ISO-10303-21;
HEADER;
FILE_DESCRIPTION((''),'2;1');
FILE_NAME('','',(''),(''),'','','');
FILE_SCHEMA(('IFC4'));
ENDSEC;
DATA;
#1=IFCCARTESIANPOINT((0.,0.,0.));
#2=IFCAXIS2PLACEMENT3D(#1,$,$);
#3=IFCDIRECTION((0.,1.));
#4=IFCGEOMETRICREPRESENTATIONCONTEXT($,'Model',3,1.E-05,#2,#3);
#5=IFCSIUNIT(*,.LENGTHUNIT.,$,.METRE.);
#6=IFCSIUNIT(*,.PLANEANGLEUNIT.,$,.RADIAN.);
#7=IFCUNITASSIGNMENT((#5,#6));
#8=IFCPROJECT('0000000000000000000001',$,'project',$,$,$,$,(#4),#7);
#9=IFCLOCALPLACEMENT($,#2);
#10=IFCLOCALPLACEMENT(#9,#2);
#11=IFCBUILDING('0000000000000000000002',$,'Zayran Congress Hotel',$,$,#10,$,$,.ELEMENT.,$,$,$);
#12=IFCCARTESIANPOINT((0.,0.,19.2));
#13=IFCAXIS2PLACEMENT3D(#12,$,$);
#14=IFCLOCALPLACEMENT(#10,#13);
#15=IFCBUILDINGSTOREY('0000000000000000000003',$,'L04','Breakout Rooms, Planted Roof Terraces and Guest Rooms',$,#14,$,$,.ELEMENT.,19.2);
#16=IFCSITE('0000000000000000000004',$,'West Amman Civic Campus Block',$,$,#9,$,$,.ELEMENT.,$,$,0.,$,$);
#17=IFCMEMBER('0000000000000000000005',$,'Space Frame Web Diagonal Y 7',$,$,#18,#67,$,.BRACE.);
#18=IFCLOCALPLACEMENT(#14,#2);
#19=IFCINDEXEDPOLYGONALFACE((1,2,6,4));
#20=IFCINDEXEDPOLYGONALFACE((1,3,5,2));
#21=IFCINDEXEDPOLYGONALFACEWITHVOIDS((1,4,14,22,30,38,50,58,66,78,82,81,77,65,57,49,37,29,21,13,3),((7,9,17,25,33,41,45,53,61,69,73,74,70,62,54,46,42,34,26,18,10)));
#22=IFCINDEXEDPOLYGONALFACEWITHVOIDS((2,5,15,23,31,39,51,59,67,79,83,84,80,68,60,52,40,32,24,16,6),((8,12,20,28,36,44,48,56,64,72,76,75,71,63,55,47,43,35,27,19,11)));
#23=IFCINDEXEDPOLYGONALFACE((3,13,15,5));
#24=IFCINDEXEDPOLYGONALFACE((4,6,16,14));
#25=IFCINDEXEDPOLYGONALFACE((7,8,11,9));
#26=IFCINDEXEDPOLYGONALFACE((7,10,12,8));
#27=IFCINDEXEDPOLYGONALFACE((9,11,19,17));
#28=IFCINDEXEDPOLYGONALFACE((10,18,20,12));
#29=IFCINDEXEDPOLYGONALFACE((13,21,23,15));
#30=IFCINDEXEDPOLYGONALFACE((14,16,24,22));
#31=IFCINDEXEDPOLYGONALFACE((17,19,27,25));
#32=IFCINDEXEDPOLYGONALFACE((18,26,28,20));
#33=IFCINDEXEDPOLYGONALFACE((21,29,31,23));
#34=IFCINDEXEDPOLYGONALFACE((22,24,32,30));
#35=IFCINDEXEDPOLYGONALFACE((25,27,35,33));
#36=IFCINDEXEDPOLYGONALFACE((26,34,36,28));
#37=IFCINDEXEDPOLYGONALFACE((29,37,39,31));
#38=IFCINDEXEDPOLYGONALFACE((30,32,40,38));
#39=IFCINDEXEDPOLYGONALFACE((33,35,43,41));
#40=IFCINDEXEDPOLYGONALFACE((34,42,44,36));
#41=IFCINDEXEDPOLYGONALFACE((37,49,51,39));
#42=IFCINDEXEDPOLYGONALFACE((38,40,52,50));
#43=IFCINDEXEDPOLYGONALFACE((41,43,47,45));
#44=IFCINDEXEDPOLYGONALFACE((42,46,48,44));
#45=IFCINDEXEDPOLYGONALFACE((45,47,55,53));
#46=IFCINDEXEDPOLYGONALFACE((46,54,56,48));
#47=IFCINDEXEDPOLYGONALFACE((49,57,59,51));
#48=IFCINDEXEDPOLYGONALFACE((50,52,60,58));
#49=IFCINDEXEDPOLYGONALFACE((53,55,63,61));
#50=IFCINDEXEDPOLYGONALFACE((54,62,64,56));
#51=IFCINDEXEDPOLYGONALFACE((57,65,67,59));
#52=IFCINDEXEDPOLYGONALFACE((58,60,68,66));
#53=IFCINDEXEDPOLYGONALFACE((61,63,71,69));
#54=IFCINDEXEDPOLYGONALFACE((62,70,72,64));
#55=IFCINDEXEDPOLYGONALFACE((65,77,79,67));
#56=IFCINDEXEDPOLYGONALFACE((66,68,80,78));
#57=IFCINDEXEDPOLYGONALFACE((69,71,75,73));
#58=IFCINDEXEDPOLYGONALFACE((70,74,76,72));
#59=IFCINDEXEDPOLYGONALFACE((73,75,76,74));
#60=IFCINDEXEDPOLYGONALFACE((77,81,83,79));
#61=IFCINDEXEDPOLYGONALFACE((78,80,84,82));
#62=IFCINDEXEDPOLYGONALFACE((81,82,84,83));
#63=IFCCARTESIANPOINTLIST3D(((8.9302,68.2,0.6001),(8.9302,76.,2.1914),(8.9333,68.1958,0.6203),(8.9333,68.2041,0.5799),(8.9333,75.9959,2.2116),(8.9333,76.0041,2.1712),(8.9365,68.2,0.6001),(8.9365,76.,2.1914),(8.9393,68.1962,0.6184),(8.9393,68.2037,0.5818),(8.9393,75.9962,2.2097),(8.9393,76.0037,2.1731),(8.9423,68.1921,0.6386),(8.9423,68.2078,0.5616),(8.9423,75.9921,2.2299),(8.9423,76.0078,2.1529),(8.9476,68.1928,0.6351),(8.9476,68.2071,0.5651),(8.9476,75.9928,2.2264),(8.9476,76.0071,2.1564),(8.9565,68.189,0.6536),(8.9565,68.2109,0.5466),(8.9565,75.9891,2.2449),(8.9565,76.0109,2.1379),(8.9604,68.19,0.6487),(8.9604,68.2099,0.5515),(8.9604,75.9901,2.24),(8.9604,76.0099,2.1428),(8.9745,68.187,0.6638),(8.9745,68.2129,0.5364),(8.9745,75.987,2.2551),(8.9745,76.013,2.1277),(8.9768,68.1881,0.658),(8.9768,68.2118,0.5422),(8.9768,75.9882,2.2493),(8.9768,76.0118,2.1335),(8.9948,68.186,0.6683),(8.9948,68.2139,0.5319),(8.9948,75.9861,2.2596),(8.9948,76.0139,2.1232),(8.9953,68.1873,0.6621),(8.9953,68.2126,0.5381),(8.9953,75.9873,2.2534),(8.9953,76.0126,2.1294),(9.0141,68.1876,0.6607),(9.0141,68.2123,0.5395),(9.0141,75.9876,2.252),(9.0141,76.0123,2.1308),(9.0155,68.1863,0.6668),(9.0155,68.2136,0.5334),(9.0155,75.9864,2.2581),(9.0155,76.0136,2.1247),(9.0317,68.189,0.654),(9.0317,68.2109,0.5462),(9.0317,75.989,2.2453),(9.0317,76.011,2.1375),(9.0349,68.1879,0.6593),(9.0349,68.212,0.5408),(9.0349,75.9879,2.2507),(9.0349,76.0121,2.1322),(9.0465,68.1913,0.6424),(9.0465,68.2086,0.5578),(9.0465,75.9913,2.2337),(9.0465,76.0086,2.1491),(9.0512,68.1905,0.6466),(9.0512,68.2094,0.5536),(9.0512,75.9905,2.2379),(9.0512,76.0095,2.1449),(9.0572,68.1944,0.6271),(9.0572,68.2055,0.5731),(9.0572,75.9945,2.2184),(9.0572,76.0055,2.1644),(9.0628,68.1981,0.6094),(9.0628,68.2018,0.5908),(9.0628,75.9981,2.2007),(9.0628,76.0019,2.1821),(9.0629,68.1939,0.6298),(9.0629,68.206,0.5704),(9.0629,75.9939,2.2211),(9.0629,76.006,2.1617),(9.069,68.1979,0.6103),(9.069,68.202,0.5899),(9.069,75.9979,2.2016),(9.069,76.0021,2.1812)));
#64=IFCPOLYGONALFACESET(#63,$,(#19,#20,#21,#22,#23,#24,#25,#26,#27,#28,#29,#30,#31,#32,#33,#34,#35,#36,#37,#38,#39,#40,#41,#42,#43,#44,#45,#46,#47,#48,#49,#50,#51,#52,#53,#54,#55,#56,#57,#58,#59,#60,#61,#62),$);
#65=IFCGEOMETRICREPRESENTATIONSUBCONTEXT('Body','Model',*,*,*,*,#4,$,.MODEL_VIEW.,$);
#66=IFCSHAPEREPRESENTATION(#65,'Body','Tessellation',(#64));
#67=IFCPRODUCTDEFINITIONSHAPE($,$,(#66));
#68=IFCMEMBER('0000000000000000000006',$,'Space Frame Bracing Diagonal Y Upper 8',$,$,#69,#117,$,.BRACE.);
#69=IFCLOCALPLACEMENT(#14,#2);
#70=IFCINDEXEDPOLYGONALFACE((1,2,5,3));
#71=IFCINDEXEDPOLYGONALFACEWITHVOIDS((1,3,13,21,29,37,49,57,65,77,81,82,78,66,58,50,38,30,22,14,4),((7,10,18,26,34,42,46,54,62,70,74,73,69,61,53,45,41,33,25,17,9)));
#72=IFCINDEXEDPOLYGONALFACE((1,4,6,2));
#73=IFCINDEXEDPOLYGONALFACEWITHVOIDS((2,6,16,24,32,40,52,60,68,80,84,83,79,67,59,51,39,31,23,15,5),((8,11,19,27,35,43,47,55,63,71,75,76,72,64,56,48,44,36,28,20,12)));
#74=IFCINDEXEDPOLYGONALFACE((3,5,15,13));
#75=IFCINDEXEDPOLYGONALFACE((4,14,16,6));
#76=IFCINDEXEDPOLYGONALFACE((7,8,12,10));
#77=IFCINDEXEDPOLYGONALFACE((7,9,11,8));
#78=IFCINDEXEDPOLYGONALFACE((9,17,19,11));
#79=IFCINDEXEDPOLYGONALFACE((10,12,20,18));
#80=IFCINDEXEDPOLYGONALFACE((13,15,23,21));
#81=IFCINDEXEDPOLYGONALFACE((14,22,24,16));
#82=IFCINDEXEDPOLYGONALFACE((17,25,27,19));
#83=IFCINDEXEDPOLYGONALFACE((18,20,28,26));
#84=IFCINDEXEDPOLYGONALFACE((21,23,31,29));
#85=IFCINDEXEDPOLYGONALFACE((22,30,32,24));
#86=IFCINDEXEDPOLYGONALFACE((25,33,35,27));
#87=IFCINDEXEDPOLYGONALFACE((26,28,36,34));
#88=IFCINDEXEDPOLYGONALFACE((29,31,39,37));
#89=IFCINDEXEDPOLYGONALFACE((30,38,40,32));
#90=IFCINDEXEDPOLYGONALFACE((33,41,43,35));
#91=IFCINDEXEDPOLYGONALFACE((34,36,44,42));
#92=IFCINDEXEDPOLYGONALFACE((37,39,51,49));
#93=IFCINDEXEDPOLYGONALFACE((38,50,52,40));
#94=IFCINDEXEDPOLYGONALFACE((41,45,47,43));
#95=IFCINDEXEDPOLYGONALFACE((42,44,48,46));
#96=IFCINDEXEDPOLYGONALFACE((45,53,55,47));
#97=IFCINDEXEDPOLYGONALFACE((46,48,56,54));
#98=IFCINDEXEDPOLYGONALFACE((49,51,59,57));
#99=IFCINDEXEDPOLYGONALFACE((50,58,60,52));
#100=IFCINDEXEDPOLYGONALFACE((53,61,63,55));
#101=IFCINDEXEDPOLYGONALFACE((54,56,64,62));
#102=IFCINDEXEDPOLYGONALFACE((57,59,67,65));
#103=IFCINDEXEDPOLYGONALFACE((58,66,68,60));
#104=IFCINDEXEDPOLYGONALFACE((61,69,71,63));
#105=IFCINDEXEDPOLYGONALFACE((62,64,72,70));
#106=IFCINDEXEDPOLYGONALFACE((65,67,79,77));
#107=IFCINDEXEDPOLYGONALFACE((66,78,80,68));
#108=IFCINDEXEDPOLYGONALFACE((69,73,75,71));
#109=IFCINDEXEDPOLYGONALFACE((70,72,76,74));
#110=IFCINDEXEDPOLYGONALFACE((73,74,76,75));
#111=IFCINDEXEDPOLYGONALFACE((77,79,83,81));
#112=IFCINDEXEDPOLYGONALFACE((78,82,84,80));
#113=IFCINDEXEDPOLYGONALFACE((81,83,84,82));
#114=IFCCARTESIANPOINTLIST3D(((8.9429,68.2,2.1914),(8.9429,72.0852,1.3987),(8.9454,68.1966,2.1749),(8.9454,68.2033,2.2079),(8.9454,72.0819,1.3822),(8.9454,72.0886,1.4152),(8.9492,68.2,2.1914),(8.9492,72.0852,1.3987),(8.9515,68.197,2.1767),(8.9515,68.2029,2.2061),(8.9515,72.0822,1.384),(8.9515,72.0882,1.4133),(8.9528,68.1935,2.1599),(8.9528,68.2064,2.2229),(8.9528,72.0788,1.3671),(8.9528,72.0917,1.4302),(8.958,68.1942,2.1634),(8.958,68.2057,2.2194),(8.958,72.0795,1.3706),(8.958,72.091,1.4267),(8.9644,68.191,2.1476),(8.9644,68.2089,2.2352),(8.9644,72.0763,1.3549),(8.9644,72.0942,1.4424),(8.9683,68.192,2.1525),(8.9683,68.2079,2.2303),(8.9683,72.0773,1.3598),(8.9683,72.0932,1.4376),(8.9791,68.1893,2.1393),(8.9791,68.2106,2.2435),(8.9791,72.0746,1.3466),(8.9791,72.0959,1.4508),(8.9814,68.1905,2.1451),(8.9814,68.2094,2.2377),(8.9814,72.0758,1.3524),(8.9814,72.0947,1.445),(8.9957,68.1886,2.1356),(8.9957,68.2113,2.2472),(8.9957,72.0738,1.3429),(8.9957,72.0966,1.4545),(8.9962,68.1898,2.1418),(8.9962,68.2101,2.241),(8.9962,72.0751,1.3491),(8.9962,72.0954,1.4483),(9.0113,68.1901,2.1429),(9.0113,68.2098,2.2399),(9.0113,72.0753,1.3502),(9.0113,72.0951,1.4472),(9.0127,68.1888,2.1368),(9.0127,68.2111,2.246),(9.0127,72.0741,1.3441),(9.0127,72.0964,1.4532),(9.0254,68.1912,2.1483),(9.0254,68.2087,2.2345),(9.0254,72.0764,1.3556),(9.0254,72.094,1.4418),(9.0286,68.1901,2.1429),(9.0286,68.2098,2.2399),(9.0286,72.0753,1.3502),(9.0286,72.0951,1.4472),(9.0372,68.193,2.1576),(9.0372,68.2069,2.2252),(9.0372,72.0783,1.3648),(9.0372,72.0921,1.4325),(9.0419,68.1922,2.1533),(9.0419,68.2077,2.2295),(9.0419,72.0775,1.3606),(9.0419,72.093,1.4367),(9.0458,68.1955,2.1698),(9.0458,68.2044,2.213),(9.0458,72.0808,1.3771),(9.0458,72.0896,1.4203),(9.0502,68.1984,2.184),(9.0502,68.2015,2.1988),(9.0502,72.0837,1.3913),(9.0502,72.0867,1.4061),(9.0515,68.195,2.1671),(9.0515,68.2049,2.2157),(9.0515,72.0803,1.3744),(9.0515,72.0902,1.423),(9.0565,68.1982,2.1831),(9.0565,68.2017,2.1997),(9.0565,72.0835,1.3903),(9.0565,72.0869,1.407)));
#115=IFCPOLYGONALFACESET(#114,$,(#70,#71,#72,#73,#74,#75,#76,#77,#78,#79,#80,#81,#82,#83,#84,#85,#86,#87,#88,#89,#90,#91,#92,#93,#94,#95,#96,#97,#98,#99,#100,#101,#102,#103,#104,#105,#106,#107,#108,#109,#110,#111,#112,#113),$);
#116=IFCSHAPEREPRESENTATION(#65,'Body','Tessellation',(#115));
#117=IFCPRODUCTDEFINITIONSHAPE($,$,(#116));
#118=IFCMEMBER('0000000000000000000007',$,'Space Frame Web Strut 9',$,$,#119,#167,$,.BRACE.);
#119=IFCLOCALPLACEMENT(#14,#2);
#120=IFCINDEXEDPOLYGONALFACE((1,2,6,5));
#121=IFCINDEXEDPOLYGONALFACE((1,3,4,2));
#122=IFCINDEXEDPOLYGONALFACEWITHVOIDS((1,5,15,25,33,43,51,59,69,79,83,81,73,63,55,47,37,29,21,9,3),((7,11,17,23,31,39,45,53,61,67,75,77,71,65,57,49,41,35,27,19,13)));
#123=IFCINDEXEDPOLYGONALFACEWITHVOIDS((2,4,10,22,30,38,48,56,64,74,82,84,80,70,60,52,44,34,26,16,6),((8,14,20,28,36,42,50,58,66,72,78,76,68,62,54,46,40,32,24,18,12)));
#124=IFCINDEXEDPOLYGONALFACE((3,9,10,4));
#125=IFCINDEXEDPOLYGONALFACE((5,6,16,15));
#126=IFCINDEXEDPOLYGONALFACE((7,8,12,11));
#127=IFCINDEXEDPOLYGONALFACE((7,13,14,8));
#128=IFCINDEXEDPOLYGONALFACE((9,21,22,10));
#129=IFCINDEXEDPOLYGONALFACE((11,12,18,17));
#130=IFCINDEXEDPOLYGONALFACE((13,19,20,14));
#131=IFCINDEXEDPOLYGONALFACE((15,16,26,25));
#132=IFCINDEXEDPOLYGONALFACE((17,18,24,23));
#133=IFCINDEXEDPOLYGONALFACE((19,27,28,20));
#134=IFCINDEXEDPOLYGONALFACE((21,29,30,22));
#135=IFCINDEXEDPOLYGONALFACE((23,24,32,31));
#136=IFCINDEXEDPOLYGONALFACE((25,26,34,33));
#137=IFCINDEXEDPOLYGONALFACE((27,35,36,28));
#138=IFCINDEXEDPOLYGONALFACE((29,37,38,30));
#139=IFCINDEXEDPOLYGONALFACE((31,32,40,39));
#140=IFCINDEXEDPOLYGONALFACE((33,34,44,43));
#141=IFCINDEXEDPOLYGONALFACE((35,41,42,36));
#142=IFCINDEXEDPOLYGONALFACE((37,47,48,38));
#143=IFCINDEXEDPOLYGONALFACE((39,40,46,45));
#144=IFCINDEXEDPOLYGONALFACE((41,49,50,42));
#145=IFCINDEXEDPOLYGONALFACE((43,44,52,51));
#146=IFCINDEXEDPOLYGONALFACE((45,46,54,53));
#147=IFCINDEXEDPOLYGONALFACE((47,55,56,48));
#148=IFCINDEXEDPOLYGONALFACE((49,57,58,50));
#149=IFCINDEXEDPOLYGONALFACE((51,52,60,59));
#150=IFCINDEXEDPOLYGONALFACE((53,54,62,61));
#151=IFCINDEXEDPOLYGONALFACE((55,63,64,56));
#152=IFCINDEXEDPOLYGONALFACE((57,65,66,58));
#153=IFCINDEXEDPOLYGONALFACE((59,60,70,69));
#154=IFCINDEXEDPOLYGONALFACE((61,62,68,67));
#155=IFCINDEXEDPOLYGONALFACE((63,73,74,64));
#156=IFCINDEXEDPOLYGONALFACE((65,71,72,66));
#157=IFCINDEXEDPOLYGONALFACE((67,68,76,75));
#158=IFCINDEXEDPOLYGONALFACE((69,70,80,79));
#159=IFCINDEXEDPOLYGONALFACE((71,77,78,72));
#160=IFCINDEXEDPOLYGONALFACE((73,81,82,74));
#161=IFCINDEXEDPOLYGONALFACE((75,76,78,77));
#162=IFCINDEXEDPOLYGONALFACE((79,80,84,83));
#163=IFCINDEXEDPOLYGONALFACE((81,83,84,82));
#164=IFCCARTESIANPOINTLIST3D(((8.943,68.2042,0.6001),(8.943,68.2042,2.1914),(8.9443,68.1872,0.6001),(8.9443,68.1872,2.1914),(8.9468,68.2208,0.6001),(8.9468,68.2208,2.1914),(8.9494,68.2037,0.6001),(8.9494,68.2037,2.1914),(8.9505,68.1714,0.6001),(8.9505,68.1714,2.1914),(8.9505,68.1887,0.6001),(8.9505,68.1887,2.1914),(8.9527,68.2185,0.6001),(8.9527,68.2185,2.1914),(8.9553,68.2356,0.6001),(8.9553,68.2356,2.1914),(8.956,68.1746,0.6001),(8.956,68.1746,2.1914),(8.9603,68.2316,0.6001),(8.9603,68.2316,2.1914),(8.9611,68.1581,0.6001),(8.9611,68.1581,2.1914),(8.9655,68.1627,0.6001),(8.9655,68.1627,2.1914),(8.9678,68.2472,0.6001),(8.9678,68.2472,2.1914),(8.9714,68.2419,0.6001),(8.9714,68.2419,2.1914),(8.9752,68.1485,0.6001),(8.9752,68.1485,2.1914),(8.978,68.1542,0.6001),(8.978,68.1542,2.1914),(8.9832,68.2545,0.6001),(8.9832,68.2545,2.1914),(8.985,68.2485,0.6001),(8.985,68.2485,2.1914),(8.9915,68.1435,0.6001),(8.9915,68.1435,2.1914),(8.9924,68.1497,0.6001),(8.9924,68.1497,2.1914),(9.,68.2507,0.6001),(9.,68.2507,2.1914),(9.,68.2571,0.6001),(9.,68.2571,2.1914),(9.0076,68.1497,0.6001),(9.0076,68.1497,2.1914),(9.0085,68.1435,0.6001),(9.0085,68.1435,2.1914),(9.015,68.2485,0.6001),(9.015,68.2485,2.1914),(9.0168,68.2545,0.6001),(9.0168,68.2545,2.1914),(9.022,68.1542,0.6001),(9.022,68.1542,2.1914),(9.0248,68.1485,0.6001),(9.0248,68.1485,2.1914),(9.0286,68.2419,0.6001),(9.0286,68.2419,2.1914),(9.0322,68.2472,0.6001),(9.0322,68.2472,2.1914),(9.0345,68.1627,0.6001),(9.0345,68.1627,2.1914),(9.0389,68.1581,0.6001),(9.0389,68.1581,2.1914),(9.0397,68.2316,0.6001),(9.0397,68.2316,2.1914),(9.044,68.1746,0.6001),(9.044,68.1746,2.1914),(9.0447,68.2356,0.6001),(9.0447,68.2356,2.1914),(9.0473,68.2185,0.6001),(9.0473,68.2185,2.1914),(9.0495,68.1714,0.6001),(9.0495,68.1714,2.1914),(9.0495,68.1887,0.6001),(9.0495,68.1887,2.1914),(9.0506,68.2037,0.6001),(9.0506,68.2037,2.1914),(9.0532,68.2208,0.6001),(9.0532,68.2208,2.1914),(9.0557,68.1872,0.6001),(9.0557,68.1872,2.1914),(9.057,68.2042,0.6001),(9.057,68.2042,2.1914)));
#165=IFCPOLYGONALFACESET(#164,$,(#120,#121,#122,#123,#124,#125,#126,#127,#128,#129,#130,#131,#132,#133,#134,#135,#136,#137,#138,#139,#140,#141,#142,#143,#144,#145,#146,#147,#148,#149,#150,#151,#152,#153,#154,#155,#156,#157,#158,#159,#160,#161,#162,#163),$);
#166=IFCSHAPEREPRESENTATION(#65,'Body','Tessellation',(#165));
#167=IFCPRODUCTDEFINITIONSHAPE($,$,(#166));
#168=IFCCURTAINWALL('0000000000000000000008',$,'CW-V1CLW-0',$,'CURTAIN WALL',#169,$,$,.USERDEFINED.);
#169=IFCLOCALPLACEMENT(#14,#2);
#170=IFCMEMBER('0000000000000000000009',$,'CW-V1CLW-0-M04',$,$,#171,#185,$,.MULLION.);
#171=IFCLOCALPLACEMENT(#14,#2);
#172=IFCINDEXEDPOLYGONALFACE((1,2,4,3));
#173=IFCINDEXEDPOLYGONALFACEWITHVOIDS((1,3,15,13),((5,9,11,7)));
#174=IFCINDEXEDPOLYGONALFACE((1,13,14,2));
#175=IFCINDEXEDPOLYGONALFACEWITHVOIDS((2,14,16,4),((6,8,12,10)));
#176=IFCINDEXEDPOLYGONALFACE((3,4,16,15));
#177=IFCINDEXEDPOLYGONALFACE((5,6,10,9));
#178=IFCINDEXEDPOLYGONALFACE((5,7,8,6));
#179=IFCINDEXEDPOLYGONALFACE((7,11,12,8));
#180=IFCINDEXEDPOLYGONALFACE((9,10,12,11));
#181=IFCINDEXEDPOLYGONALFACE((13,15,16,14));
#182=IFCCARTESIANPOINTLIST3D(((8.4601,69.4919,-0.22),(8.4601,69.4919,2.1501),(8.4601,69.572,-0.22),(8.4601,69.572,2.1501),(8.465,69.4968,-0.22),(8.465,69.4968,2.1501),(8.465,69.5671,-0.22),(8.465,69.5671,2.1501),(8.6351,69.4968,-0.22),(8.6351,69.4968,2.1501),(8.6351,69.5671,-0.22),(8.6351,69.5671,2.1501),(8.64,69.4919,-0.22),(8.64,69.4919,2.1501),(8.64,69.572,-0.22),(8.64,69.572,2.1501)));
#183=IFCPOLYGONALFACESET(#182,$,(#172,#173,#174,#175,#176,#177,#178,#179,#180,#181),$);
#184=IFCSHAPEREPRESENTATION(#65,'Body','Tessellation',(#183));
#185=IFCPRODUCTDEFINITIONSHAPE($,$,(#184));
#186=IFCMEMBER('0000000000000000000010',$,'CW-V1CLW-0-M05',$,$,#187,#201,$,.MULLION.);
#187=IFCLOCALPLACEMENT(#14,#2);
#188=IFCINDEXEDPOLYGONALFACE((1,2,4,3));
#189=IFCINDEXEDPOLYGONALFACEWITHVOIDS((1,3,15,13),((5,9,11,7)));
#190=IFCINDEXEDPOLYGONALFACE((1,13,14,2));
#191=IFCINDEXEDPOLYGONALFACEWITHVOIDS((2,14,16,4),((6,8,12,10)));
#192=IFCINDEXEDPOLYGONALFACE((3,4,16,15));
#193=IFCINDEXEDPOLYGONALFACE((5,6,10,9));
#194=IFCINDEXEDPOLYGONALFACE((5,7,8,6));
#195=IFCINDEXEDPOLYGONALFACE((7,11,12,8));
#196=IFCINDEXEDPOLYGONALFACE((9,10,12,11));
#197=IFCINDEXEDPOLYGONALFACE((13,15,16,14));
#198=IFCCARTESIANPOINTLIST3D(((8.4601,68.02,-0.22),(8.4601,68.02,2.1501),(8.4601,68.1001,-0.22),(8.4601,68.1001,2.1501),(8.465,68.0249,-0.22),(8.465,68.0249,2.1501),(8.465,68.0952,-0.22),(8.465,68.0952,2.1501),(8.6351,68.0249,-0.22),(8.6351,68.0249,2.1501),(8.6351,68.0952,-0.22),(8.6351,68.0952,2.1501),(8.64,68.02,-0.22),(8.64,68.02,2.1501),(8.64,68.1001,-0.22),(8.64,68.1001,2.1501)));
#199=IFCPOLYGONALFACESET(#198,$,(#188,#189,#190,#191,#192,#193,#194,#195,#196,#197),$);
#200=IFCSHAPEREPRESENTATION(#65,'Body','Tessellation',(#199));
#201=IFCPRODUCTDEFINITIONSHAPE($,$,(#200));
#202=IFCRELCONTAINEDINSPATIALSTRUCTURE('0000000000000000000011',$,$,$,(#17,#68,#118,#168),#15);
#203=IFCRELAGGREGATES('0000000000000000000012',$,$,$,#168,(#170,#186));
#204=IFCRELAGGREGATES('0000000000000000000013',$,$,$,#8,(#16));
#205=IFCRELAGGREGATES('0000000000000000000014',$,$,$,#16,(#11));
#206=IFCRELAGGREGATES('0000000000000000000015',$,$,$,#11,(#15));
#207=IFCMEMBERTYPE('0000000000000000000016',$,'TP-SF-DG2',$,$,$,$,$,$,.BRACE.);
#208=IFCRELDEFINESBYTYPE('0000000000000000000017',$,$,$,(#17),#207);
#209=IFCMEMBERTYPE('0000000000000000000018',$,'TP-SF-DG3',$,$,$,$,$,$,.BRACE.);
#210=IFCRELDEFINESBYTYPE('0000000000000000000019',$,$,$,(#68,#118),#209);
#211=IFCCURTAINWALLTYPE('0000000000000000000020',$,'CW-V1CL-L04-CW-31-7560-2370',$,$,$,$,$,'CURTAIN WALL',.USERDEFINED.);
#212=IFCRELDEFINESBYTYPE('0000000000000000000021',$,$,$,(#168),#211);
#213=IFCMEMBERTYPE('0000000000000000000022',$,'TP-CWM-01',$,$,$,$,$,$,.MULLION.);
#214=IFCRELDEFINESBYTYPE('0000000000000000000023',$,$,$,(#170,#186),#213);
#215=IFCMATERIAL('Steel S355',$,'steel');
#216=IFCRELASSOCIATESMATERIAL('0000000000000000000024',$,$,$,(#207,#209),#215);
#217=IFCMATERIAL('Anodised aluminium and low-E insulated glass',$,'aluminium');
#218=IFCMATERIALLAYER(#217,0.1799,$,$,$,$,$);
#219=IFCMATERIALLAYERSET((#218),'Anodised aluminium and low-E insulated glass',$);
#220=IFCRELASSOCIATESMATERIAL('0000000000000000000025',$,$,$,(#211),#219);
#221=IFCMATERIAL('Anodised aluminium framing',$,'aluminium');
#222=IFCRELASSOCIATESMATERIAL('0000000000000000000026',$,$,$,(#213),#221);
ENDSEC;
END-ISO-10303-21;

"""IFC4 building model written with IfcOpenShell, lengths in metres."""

from ifc_helpers import new_model, si_unit, direction, frame, origin, origin_2d, place, context, subcontext, project, spatial, hollow_rectangle, hollow_circle, extrude, material, layer, layer_set, material_profile, profile_set, type_object, element, aggregate, save


model = new_model("IFC4")

# Units and contexts
model_context = context("Model", 3, precision=1e-05, world=origin(), true_north=direction((0.0, 1.0)))
body_context = subcontext(model_context, "Body", "Model", "MODEL_VIEW")
ifc_project = project(units=[si_unit("LENGTHUNIT", "METRE"), si_unit("PLANEANGLEUNIT", "RADIAN")], contexts=[model_context])

# Site, building, storey
site_placement = place(None, origin())
site = spatial("IfcSite", under=ifc_project, at=site_placement, Name="West Amman Civic Campus Block", CompositionType="ELEMENT", RefElevation=0.0)
building_placement = place(site_placement, origin())
building = spatial("IfcBuilding", under=site, at=building_placement, Name="Zayran Congress Hotel", CompositionType="ELEMENT")
storey_placement = place(building_placement, frame((0.0, 0.0, 19.2)))
storey = spatial("IfcBuildingStorey", under=building, at=storey_placement, Name="L04", Description="Breakout Rooms, Planted Roof Terraces and Guest Rooms", CompositionType="ELEMENT", Elevation=19.2)

# Shared definitions
ifc_material_1 = material(Name="Steel S355", Category="steel")

# Members
ifc_material_profile_1 = material_profile(ifc_material_1, hollow_circle(Radius=0.0698, WallThickness=0.0063, at=origin_2d()), Name="CHS 139.7x6.3")
ifc_profile_set_1 = profile_set([ifc_material_profile_1], Name="Steel S355")
member_type_1 = type_object("IfcMemberType", Name="TP-SF-DG2", PredefinedType="BRACE", material=ifc_profile_set_1)
member_1_placement = place(storey_placement, frame((9.0, 68.2, 0.6001), z_axis=(0.0, 0.979817, 0.199895), x_axis=(-1.0, 0.0, 0.0)))
element("IfcMember", 1, at=member_1_placement, inside=storey, type_object=member_type_1, Name="Space Frame Web Diagonal Y 7", PredefinedType="BRACE", context=body_context, shape_type="SweptSolid", body=[
    extrude(hollow_circle(Radius=0.0698, WallThickness=0.0063, at=origin_2d()), origin(), (0.0, 0.0, 1.0), 7.9607),
])
ifc_material_profile_2 = material_profile(ifc_material_1, hollow_circle(Radius=0.0571, WallThickness=0.0063, at=origin_2d()), Name="CHS 114.3x6.3")
ifc_profile_set_2 = profile_set([ifc_material_profile_2], Name="Steel S355")
member_type_2 = type_object("IfcMemberType", Name="TP-SF-DG3", PredefinedType="BRACE", material=ifc_profile_set_2)
member_2_placement = place(storey_placement, frame((9.0, 68.2, 2.1914), z_axis=(0.0, 0.979813, -0.199915), x_axis=(-1.0, 0.0, 0.0)))
element("IfcMember", 2, at=member_2_placement, inside=storey, type_object=member_type_2, Name="Space Frame Bracing Diagonal Y Upper 8", PredefinedType="BRACE", context=body_context, shape_type="SweptSolid", body=[
    extrude(hollow_circle(Radius=0.0571, WallThickness=0.0063, at=origin_2d()), origin(), (0.0, 0.0, 1.0), 3.9653),
])
member_3_placement = place(storey_placement, frame((9.0, 68.2, 0.6001), z_axis=(0.0, 0.0, 1.0), x_axis=(0.0, 1.0, 0.0)))
element("IfcMember", 3, at=member_3_placement, inside=storey, type_object=member_type_2, Name="Space Frame Web Strut 9", PredefinedType="BRACE", context=body_context, shape_type="SweptSolid", body=[
    extrude(hollow_circle(Radius=0.0571, WallThickness=0.0063, at=origin_2d()), origin(), (0.0, 0.0, 1.0), 1.5913),
])

# Curtain wall, members
ifc_material_2 = material(Name="Anodised aluminium and low-E insulated glass", Category="aluminium")
ifc_layer_1 = layer(ifc_material_2, 0.1799)
ifc_layer_set_1 = layer_set([ifc_layer_1], Name="Anodised aluminium and low-E insulated glass")
curtain_wall_type = type_object("IfcCurtainWallType", Name="CW-V1CL-L04-CW-31-7560-2370", ElementType="CURTAIN WALL", PredefinedType="USERDEFINED", material=ifc_layer_set_1)
curtain_wall_placement = place(storey_placement, origin())
curtain_wall = element("IfcCurtainWall", 4, at=curtain_wall_placement, inside=storey, type_object=curtain_wall_type, Name="CW-V1CLW-0", ObjectType="CURTAIN WALL", PredefinedType="USERDEFINED")
ifc_material_3 = material(Name="Anodised aluminium framing", Category="aluminium")
ifc_material_profile_3 = material_profile(ifc_material_3, hollow_rectangle(XDim=0.0801, YDim=0.1799, WallThickness=0.0049, at=origin_2d()), Name="RHS 180x80x5")
ifc_profile_set_3 = profile_set([ifc_material_profile_3], Name="Anodised aluminium framing")
member_type_3 = type_object("IfcMemberType", Name="TP-CWM-01", PredefinedType="MULLION", material=ifc_profile_set_3)
member_4_placement = place(storey_placement, frame((8.55, 69.532, -0.22), z_axis=(0.0, 0.0, 1.0), x_axis=(0.0, 1.0, 0.0)))
member_4 = element("IfcMember", 5, at=member_4_placement, type_object=member_type_3, Name="CW-V1CLW-0-M04", PredefinedType="MULLION", context=body_context, shape_type="SweptSolid", body=[
    extrude(hollow_rectangle(XDim=0.0801, YDim=0.1799, WallThickness=0.0049, at=origin_2d()), origin(), (0.0, 0.0, 1.0), 2.3701),
])
member_5_placement = place(storey_placement, frame((8.55, 68.0601, -0.22), z_axis=(0.0, 0.0, 1.0), x_axis=(0.0, 1.0, 0.0)))
member_5 = element("IfcMember", 6, at=member_5_placement, type_object=member_type_3, Name="CW-V1CLW-0-M05", PredefinedType="MULLION", context=body_context, shape_type="SweptSolid", body=[
    extrude(hollow_rectangle(XDim=0.0801, YDim=0.1799, WallThickness=0.0049, at=origin_2d()), origin(), (0.0, 0.0, 1.0), 2.3701),
])

aggregate(curtain_wall, [member_4, member_5])

save(model, "model.ifc")
